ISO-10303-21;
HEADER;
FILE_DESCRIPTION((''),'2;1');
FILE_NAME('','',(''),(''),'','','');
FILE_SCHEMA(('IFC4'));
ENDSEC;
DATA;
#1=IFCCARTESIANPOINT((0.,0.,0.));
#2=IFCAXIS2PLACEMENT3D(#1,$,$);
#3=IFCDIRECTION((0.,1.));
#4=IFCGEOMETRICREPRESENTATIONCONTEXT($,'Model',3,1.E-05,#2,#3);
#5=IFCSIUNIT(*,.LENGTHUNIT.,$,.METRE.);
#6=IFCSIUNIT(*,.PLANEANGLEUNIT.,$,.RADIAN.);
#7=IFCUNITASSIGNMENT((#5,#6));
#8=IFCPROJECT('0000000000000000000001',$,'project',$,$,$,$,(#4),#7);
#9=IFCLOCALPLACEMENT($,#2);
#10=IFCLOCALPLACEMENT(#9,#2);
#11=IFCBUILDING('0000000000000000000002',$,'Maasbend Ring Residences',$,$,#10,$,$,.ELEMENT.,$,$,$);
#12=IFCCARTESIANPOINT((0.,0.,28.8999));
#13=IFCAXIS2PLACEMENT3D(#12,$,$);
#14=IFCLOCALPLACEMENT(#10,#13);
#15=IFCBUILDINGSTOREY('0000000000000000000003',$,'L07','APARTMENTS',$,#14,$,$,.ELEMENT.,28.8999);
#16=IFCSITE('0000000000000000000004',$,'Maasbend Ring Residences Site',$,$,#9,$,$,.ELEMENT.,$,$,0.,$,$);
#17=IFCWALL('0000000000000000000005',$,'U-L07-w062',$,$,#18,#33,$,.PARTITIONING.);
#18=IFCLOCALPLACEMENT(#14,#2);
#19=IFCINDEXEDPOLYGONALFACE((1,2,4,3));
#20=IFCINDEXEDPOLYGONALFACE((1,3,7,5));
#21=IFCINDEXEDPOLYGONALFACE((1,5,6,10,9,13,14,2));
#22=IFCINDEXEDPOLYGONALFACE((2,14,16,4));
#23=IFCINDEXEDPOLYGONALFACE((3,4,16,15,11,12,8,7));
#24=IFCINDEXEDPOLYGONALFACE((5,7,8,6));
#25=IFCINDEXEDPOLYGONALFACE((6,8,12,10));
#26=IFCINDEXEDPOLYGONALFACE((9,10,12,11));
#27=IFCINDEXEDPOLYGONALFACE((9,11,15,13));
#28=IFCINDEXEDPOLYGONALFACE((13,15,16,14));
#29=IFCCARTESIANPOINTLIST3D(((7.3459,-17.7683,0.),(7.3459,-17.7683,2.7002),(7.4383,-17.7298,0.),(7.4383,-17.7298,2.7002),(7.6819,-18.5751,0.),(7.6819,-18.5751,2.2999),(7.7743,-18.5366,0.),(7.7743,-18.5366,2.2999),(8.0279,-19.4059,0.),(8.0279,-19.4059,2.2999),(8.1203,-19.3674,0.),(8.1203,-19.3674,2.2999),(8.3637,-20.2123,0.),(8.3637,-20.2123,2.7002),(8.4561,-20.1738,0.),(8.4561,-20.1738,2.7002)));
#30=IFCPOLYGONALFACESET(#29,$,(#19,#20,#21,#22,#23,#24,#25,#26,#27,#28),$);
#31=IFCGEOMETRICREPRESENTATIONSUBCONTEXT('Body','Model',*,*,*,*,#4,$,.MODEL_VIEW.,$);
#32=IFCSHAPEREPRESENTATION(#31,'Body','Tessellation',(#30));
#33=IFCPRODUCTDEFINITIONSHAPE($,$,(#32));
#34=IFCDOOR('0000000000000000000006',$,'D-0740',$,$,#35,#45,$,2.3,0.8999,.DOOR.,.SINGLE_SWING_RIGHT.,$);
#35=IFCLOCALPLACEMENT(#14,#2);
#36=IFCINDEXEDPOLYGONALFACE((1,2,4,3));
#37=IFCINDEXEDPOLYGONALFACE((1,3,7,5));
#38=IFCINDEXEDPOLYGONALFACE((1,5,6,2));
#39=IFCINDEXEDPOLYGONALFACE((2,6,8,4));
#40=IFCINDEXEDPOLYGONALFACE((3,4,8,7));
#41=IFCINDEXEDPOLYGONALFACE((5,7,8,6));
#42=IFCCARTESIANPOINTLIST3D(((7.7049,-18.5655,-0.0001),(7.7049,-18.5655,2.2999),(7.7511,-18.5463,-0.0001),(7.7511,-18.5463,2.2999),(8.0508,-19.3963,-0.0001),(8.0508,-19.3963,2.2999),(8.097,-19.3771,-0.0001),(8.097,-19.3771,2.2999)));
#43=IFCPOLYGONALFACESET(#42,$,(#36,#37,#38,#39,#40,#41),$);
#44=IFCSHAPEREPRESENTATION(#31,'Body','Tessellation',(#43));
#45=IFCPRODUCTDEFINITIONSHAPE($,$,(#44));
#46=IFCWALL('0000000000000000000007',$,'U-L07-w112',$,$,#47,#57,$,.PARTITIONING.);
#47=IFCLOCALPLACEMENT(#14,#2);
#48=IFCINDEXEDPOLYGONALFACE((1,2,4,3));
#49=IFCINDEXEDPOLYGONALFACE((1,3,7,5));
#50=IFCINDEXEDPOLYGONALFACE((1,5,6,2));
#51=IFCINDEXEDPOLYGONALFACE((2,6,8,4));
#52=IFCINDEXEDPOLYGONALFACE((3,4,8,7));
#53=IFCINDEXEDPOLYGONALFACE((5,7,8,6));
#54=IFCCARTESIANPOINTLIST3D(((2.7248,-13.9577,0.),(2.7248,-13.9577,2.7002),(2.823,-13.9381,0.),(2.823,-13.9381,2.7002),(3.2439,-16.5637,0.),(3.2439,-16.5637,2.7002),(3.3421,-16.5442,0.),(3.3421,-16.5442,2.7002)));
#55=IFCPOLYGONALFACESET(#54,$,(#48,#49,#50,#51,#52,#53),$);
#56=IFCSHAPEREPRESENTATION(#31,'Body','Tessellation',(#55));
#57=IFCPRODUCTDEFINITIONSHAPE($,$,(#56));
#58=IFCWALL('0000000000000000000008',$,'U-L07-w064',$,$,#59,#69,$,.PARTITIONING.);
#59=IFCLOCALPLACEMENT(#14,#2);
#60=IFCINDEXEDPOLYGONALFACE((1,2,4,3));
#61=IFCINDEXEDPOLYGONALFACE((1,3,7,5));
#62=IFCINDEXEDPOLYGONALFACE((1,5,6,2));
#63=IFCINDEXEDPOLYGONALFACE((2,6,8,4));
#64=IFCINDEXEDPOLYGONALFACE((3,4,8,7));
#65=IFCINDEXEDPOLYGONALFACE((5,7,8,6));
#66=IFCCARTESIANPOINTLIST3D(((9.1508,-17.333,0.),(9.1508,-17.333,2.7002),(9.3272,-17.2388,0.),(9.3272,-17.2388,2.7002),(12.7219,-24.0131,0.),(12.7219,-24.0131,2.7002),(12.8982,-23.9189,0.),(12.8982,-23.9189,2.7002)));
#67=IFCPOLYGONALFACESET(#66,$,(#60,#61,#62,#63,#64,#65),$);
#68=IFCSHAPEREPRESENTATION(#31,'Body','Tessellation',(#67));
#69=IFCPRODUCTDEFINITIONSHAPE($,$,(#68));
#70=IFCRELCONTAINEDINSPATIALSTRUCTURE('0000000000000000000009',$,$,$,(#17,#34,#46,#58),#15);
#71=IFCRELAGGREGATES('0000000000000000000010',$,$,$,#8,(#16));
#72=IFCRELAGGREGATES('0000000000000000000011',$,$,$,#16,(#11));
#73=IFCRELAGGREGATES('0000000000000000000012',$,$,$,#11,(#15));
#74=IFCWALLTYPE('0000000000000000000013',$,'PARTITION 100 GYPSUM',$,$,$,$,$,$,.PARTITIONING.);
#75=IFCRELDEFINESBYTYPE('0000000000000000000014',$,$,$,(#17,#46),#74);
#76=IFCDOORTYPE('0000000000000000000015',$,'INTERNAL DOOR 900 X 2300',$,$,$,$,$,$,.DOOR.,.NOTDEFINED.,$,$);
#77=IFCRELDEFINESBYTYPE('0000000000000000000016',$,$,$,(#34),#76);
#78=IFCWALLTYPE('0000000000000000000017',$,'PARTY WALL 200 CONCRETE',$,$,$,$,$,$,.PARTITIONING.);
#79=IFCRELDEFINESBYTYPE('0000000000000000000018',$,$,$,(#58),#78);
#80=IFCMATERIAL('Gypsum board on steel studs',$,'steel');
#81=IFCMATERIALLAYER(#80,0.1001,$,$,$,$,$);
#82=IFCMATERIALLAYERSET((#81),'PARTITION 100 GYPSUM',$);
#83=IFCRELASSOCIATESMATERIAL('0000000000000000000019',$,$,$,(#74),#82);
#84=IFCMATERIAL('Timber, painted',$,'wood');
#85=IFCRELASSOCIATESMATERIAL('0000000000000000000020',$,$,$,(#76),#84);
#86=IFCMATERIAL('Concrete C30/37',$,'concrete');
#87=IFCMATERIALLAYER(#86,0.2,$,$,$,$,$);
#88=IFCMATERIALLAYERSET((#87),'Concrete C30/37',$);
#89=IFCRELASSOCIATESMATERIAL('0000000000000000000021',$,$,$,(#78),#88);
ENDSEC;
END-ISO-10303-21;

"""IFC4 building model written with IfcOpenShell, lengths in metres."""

from ifc_helpers import new_model, si_unit, direction, frame, frame_2d, origin, place, context, subcontext, project, spatial, rectangle, extrude, material, layer, layer_set, type_object, element, fill, save


model = new_model("IFC4")

# Units and contexts
model_context = context("Model", 3, precision=1e-05, world=origin(), true_north=direction((0.0, 1.0)))
body_context = subcontext(model_context, "Body", "Model", "MODEL_VIEW")
ifc_project = project(units=[si_unit("LENGTHUNIT", "METRE"), si_unit("PLANEANGLEUNIT", "RADIAN")], contexts=[model_context])

# Site, building, storey
site_placement = place(None, origin())
site = spatial("IfcSite", under=ifc_project, at=site_placement, Name="Maasbend Ring Residences Site", CompositionType="ELEMENT", RefElevation=0.0)
building_placement = place(site_placement, origin())
building = spatial("IfcBuilding", under=site, at=building_placement, Name="Maasbend Ring Residences", CompositionType="ELEMENT")
storey_placement = place(building_placement, frame((0.0, 0.0, 28.8999)))
storey = spatial("IfcBuildingStorey", under=building, at=storey_placement, Name="L07", Description="APARTMENTS", CompositionType="ELEMENT", Elevation=28.8999)

# Shared definitions
ifc_material_1 = material(Name="Gypsum board on steel studs", Category="steel")
ifc_layer_1 = layer(ifc_material_1, 0.1001)
ifc_layer_set_1 = layer_set([ifc_layer_1], Name="PARTITION 100 GYPSUM")
wall_type_1 = type_object("IfcWallType", Name="PARTITION 100 GYPSUM", PredefinedType="PARTITIONING", material=ifc_layer_set_1)
ifc_material_2 = material(Name="Timber, painted", Category="wood")
door_type_1 = type_object("IfcDoorType", Name="INTERNAL DOOR 900 X 2300", OperationType="NOTDEFINED", PredefinedType="DOOR", material=ifc_material_2)

# Wall, opening, door
wall_1_placement = place(storey_placement, frame((7.3921, -17.749, 0.0), z_axis=(0.0, 0.0, 1.0), x_axis=(0.384439, -0.923151, 0.0)))
wall_1 = element("IfcWall", 1, at=wall_1_placement, inside=storey, type_object=wall_type_1, Name="U-L07-w062", PredefinedType="PARTITIONING", context=body_context, shape_type="SweptSolid", body=[
    extrude(rectangle(XDim=2.6475, YDim=0.1001, at=frame_2d((1.3237, 0.0))), origin(), (0.0, 0.0, 1.0), 2.7002),
])
opening_1_placement = place(wall_1_placement, frame((0.874, 0.0, 0.0)))
opening_1 = element("IfcOpeningElement", 2, at=opening_1_placement, cuts=wall_1, PredefinedType="OPENING", context=body_context, shape_type="SweptSolid", body=[
    extrude(rectangle(XDim=0.8999, YDim=2.3, at=frame_2d((0.45, 1.1499))), frame((0.0, 0.0601, 0.0), z_axis=(0.0, -1.0, 0.0), x_axis=(1.0, 0.0, 0.0)), (0.0, 0.0, 1.0), 0.1201),
])
door_1_placement = place(opening_1_placement, origin())
door_1 = element("IfcDoor", 3, at=door_1_placement, inside=storey, type_object=door_type_1, Name="D-0740", OperationType="SINGLE_SWING_RIGHT", OverallHeight=2.3, OverallWidth=0.8999, PredefinedType="DOOR", context=body_context, shape_type="SweptSolid", body=[
    extrude(rectangle(XDim=0.8999, YDim=2.3, at=frame_2d((0.45, 1.1499))), frame((0.0, 0.0249, 0.0), z_axis=(0.0, -1.0, 0.0), x_axis=(1.0, 0.0, 0.0)), (0.0, 0.0, 1.0), 0.05),
])
fill(opening_1, door_1)

# Walls
wall_2_placement = place(storey_placement, frame((3.293, -16.554, 0.0), z_axis=(0.0, 0.0, 1.0), x_axis=(-0.195339, 0.980736, 0.0)))
element("IfcWall", 4, at=wall_2_placement, inside=storey, type_object=wall_type_1, Name="U-L07-w112", PredefinedType="PARTITIONING", context=body_context, shape_type="SweptSolid", body=[
    extrude(rectangle(XDim=2.6572, YDim=0.1001, at=frame_2d((1.3286, 0.0))), origin(), (0.0, 0.0, 1.0), 2.7002),
])
ifc_material_3 = material(Name="Concrete C30/37", Category="concrete")
ifc_layer_2 = layer(ifc_material_3, 0.2)
ifc_layer_set_2 = layer_set([ifc_layer_2], Name="Concrete C30/37")
wall_type_2 = type_object("IfcWallType", Name="PARTY WALL 200 CONCRETE", PredefinedType="PARTITIONING", material=ifc_layer_set_2)
wall_3_placement = place(storey_placement, frame((9.239, -17.2859, 0.0), z_axis=(0.0, 0.0, 1.0), x_axis=(0.47144, -0.881898, 0.0)))
element("IfcWall", 5, at=wall_3_placement, inside=storey, type_object=wall_type_2, Name="U-L07-w064", PredefinedType="PARTITIONING", context=body_context, shape_type="SweptSolid", body=[
    extrude(rectangle(XDim=7.5747, YDim=0.2, at=frame_2d((3.7874, 0.0))), origin(), (0.0, 0.0, 1.0), 2.7002),
])

save(model, "model.ifc")
